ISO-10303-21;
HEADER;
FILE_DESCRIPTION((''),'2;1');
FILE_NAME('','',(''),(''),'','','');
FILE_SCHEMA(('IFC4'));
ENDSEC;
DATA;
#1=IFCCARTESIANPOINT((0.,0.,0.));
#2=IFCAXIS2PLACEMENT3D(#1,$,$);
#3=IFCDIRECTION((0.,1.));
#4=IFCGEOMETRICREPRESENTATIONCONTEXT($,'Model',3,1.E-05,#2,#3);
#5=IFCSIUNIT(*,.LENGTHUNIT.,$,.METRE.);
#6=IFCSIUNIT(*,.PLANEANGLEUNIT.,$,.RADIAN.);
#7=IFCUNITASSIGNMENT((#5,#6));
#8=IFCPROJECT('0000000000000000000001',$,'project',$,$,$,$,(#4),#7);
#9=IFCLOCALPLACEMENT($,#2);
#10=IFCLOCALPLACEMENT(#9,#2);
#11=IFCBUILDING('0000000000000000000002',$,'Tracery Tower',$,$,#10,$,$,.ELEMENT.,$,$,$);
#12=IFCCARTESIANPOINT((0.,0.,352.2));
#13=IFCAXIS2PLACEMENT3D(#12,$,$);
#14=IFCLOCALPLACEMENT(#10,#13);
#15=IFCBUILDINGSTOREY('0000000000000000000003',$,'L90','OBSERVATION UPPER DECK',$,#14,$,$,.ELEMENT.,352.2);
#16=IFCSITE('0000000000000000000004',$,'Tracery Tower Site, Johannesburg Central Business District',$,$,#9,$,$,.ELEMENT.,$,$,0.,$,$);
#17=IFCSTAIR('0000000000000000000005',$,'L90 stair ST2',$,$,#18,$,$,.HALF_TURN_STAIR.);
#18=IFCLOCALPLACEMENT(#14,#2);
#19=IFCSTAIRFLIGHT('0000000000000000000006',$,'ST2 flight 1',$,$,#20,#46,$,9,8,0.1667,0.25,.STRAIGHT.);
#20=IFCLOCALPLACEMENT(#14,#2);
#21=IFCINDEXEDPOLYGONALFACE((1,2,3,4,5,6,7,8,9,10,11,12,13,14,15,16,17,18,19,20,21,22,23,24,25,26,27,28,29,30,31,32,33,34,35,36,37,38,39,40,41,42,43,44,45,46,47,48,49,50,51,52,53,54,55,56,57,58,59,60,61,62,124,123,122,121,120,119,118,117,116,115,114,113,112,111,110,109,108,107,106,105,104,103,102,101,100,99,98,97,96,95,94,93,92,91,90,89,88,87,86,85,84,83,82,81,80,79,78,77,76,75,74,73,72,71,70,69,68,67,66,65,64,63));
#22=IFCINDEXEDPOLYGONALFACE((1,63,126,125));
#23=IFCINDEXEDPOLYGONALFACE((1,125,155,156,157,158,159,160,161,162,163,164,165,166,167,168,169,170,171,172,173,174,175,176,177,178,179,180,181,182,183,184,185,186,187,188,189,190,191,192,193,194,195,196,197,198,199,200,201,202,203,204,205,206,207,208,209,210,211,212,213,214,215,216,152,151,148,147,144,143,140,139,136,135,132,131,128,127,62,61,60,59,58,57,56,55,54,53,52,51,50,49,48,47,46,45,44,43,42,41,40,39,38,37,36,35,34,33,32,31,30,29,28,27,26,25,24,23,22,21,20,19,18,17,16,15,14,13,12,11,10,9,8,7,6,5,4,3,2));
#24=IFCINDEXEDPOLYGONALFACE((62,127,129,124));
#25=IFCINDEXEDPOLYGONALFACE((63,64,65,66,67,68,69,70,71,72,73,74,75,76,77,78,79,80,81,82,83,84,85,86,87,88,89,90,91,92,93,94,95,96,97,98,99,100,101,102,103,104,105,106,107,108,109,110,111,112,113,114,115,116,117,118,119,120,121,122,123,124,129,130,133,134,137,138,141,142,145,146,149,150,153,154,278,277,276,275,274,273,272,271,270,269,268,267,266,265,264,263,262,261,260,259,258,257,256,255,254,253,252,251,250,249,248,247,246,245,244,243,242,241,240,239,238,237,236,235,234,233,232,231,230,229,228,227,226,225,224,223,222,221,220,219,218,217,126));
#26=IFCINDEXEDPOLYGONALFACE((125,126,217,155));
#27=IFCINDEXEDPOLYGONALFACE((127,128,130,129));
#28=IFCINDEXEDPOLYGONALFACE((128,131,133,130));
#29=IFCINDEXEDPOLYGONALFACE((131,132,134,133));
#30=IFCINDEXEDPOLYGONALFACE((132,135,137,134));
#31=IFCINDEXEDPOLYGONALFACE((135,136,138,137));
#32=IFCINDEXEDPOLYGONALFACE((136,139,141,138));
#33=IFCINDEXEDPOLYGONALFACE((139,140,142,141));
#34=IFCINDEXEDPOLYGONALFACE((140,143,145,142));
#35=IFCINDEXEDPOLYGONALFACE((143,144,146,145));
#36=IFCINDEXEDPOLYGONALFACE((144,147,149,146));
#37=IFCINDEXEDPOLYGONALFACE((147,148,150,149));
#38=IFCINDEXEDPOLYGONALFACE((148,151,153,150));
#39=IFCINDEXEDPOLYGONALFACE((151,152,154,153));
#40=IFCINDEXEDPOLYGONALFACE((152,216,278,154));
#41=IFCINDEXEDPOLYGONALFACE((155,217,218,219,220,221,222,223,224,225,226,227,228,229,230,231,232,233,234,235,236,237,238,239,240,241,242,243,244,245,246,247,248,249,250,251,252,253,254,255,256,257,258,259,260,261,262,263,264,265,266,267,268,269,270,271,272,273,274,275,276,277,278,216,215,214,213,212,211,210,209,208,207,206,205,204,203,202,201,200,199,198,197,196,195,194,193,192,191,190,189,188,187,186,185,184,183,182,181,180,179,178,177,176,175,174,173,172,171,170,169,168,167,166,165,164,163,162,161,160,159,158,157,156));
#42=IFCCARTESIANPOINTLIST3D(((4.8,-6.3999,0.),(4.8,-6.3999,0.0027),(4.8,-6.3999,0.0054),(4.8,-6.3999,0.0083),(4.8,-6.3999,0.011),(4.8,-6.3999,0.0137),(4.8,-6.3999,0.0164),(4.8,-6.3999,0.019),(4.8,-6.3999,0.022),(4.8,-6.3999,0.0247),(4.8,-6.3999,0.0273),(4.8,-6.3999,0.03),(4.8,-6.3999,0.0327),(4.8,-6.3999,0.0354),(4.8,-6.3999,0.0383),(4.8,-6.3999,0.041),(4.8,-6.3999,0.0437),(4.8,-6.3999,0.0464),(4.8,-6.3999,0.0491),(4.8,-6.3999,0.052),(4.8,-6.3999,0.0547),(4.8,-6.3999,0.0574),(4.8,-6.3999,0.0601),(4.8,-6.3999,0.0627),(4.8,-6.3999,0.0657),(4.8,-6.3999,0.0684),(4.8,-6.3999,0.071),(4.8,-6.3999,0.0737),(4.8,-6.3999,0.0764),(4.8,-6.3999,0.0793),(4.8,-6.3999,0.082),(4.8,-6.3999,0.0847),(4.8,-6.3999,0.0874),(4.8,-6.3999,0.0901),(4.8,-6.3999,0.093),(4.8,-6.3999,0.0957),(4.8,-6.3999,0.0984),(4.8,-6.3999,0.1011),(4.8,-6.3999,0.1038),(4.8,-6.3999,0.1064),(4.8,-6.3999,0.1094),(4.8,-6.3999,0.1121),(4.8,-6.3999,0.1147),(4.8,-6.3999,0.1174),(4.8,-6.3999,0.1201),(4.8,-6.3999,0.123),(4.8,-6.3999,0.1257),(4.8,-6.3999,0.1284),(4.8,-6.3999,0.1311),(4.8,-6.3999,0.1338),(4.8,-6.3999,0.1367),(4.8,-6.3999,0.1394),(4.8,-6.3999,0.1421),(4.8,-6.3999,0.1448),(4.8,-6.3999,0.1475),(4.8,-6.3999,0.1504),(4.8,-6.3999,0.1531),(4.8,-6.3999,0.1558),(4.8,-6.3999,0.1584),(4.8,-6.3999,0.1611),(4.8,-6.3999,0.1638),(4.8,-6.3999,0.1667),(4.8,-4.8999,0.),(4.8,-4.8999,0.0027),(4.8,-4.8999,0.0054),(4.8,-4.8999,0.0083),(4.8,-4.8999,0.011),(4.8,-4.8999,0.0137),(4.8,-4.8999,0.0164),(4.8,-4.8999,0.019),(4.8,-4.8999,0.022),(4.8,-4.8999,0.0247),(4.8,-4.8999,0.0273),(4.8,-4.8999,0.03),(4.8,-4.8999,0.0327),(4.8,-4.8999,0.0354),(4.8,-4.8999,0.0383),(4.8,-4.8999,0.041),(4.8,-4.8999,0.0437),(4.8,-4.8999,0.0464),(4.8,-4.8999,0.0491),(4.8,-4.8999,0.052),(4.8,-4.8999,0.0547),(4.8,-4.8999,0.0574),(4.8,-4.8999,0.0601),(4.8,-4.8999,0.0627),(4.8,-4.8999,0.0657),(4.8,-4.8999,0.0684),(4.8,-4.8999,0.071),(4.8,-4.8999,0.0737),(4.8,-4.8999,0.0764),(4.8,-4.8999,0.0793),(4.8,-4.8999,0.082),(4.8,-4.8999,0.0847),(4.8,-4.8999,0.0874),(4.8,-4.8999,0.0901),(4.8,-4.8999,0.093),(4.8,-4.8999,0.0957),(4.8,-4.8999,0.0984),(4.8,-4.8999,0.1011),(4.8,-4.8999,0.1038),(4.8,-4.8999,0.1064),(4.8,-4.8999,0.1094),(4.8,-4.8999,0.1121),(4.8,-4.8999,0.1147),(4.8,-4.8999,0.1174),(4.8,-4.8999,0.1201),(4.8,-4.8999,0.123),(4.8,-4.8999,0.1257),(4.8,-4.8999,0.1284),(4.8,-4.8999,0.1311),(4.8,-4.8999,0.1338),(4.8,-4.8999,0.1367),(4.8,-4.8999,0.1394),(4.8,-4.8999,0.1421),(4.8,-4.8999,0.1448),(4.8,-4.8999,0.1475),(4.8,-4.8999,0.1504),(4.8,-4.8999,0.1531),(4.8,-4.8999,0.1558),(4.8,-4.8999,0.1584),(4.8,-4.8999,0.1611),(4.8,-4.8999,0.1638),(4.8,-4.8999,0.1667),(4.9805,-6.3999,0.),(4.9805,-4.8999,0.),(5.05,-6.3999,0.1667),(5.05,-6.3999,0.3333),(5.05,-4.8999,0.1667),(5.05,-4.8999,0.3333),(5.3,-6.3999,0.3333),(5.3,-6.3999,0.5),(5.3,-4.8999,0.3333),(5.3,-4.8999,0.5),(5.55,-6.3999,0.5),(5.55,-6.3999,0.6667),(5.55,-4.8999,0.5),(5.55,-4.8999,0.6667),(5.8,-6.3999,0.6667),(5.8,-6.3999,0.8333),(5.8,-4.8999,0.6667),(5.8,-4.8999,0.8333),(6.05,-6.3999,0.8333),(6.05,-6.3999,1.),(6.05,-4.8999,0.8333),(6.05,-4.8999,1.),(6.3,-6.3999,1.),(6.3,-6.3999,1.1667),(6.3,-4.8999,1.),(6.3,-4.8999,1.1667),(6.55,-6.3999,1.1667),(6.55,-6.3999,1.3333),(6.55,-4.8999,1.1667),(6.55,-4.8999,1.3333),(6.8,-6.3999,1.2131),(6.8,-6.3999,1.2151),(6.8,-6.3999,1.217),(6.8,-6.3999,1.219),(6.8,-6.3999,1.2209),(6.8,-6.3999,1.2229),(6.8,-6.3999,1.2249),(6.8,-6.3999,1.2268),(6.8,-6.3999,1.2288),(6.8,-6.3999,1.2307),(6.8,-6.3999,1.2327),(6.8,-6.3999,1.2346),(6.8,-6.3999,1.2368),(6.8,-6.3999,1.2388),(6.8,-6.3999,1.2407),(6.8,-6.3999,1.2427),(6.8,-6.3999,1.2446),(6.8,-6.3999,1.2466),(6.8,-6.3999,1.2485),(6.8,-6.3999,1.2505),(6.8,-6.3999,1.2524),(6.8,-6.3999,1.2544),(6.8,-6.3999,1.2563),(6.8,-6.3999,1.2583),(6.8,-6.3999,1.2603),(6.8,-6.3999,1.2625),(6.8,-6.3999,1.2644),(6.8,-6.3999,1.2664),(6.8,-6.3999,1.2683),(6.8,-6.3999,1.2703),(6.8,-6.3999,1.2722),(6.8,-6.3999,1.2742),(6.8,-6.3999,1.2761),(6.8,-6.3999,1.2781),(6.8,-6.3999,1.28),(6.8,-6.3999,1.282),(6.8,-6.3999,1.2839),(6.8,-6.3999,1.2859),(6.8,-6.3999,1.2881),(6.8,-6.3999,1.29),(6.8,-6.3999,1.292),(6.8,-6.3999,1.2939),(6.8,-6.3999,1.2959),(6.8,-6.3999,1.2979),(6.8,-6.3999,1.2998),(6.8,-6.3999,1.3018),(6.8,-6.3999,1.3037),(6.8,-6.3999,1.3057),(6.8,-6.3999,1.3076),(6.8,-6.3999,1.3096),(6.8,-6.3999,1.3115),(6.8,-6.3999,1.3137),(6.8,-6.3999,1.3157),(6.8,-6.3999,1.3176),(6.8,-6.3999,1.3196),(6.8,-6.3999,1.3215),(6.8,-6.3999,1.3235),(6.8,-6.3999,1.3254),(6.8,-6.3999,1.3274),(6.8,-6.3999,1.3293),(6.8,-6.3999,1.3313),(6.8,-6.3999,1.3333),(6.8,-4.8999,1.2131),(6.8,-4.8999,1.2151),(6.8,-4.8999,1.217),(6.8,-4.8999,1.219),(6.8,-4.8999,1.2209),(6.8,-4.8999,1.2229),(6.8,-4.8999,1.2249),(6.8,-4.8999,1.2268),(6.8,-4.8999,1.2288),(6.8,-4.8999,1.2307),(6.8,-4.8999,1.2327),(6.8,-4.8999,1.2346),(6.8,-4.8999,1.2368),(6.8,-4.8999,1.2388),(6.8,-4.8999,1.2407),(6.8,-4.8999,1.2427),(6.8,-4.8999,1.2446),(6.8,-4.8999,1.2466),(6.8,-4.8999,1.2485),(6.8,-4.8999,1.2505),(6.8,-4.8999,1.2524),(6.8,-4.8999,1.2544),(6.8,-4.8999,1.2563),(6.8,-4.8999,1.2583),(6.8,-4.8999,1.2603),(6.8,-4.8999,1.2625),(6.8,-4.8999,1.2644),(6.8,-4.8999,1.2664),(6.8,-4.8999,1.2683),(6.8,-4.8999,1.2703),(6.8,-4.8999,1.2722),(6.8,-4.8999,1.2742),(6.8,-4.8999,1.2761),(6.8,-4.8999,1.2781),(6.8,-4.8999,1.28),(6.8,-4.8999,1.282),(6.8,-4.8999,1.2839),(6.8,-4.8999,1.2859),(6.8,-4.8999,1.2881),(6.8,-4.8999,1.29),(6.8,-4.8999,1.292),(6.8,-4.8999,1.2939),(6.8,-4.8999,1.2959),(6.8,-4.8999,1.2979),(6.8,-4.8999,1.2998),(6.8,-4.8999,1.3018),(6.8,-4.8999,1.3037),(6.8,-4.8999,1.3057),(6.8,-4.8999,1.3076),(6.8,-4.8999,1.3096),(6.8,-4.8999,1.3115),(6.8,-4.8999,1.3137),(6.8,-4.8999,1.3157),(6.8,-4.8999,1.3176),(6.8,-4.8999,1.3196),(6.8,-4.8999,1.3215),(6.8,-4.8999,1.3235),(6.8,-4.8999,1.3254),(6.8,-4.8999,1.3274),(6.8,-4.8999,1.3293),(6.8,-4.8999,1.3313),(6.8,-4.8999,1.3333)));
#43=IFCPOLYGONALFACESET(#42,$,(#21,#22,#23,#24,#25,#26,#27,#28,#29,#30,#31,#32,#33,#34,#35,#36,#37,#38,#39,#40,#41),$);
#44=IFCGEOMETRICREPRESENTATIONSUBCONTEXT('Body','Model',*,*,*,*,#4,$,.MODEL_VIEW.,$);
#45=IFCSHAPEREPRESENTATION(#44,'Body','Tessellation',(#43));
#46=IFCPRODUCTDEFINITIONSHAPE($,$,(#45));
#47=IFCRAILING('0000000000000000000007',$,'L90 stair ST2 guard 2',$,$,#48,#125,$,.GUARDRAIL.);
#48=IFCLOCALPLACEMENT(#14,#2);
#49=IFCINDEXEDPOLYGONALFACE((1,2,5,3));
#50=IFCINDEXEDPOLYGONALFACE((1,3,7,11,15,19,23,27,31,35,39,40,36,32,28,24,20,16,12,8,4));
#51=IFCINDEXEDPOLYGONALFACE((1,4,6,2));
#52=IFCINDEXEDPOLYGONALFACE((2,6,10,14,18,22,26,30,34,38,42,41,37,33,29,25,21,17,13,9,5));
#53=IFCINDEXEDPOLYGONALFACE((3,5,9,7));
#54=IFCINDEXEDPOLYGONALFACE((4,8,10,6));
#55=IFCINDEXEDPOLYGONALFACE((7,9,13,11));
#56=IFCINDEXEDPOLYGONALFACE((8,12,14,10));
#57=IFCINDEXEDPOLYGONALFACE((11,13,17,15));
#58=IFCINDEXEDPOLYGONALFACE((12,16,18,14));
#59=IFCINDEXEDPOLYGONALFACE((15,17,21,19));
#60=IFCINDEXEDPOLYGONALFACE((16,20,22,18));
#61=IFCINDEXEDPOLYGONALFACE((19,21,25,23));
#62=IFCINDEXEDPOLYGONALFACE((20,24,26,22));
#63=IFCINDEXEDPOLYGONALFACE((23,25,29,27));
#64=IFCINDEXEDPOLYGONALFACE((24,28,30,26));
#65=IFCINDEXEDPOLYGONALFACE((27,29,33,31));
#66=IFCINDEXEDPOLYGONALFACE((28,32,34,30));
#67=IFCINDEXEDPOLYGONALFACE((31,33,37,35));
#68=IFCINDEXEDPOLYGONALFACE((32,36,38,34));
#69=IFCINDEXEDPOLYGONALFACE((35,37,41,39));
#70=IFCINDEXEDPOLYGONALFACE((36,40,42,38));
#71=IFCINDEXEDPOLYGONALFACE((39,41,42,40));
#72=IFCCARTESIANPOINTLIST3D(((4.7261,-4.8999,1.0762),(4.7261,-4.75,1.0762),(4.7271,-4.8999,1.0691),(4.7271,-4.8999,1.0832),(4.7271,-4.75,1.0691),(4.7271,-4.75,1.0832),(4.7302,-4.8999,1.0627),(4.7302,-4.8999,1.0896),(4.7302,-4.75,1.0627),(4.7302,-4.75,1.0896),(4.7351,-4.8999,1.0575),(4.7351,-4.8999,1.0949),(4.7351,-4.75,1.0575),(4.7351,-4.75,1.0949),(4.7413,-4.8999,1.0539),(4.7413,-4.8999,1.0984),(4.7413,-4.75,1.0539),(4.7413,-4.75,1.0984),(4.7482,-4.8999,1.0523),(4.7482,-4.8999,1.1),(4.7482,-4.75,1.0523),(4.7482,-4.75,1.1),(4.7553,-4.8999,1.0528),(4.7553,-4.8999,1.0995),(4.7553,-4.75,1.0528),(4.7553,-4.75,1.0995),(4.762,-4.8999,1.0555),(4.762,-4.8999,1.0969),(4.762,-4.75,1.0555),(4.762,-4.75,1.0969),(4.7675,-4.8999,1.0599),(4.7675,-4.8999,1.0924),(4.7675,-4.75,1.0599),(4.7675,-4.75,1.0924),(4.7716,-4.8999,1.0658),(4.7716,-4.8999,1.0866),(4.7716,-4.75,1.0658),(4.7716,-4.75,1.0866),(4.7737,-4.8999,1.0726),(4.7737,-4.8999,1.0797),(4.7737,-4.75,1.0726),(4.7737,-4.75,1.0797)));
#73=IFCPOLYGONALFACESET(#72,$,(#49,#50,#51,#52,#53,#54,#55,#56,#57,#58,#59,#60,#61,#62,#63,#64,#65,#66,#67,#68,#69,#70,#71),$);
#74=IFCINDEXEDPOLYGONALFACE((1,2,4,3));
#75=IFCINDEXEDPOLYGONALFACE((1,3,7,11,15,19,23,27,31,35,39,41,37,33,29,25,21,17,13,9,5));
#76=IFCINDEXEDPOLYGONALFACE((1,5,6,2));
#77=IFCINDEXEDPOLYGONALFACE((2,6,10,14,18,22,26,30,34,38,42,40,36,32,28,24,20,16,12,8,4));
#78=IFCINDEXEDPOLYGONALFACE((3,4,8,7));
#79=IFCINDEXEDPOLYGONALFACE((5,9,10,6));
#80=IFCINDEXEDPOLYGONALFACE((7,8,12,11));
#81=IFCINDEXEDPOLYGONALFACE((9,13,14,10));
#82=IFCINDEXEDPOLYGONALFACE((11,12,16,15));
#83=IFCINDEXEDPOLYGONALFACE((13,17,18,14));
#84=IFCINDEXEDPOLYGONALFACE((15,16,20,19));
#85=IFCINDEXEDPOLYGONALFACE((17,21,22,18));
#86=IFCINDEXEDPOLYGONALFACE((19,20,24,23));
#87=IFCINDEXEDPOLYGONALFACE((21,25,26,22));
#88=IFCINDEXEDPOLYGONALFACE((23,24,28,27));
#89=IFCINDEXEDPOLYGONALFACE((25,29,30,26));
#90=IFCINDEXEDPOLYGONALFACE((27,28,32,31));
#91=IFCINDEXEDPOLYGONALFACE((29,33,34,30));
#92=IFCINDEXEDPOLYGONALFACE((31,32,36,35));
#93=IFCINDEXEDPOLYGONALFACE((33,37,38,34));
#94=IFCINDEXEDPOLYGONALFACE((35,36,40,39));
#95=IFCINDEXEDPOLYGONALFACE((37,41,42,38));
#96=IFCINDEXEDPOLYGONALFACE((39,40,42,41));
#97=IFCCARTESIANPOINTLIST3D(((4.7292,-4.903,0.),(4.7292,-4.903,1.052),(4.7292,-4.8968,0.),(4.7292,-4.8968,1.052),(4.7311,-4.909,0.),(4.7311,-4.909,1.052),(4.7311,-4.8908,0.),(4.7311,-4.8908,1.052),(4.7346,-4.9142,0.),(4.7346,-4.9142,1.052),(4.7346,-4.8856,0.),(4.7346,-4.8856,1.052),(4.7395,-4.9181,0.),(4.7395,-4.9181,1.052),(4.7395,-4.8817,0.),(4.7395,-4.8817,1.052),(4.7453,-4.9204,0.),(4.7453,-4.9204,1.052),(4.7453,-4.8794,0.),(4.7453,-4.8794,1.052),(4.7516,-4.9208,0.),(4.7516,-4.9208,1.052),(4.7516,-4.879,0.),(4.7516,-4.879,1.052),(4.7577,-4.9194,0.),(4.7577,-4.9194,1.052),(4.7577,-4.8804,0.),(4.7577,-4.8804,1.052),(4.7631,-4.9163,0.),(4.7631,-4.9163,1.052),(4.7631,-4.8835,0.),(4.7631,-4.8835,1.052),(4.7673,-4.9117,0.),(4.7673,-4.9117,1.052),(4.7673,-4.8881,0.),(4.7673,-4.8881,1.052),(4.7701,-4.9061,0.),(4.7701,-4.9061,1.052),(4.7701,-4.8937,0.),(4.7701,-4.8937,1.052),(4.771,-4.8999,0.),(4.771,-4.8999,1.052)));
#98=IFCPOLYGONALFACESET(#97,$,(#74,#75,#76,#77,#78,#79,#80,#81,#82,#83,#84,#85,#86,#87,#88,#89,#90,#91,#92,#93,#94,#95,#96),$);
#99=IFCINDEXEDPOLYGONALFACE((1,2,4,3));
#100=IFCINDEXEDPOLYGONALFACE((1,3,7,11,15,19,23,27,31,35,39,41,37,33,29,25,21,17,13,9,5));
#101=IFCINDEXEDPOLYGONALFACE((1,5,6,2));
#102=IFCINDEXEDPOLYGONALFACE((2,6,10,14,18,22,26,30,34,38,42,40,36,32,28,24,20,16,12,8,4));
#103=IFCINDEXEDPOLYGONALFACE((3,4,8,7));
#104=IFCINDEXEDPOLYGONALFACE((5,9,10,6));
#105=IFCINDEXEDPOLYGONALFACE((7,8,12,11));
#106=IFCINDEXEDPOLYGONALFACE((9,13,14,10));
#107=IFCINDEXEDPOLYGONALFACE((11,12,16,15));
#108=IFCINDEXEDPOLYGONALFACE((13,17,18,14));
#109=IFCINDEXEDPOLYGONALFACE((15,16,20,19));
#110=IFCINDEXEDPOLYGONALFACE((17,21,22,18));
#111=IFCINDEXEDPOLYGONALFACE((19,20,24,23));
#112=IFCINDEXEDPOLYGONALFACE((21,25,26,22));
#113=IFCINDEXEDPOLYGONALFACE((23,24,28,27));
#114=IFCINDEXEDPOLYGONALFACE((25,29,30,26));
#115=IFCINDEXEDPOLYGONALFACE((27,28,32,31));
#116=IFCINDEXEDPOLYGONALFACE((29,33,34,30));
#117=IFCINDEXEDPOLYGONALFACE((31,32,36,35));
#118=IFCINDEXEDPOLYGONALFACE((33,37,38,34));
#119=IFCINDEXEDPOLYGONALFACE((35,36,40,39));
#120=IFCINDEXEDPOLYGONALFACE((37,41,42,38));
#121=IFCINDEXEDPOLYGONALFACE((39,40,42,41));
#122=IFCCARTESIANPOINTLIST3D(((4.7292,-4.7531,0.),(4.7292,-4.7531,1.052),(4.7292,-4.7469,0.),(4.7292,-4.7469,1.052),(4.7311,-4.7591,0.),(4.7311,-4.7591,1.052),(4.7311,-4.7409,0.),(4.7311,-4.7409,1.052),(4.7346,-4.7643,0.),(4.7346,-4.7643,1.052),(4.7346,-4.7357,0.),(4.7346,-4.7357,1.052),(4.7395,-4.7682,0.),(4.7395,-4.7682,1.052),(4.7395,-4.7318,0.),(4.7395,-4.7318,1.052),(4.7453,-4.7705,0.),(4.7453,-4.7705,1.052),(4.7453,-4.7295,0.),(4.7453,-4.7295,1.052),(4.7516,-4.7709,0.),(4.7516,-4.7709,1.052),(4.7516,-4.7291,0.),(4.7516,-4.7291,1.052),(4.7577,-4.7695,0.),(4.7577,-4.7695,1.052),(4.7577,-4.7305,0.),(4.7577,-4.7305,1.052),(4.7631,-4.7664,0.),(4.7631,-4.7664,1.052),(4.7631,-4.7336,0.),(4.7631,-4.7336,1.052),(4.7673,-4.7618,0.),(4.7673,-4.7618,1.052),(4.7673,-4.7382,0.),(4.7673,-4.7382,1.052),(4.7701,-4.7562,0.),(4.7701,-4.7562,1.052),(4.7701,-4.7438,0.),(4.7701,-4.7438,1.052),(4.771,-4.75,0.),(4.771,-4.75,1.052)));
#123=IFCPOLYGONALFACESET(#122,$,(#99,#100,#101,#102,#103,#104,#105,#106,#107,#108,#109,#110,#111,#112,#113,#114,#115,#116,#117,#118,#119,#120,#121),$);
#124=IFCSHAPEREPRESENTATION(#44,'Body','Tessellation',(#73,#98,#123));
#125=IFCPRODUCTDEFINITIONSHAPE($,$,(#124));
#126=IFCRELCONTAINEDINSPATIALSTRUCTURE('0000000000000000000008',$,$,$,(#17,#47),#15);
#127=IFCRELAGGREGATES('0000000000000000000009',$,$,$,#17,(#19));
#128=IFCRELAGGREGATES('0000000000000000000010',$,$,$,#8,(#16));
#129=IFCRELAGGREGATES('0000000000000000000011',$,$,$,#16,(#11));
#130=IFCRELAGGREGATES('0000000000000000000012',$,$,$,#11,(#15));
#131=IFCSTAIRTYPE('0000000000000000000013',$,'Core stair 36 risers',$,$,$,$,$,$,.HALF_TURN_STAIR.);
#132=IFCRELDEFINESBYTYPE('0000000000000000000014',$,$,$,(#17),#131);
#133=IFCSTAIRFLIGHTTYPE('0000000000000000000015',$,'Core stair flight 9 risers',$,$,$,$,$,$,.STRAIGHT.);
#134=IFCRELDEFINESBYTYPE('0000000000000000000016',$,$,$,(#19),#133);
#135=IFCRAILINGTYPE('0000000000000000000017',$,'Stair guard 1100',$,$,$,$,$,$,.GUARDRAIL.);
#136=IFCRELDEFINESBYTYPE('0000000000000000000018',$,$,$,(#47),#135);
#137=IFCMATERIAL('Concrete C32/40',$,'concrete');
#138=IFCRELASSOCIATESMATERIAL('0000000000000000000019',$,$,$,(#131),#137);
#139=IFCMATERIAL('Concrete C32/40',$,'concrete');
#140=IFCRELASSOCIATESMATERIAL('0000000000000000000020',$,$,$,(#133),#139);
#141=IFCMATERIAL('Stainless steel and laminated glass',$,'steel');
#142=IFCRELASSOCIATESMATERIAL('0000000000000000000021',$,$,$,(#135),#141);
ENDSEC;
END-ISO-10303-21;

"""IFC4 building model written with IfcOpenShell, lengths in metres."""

from ifc_helpers import new_model, si_unit, direction, frame, origin, origin_2d, place, context, subcontext, project, spatial, polyline, circle, outline, extrude, material, type_object, element, aggregate, save


model = new_model("IFC4")

# Units and contexts
model_context = context("Model", 3, precision=1e-05, world=origin(), true_north=direction((0.0, 1.0)))
body_context = subcontext(model_context, "Body", "Model", "MODEL_VIEW")
ifc_project = project(units=[si_unit("LENGTHUNIT", "METRE"), si_unit("PLANEANGLEUNIT", "RADIAN")], contexts=[model_context])

# Site, building, storey
site_placement = place(None, origin())
site = spatial("IfcSite", under=ifc_project, at=site_placement, Name="Tracery Tower Site, Johannesburg Central Business District", CompositionType="ELEMENT", RefElevation=0.0)
building_placement = place(site_placement, origin())
building = spatial("IfcBuilding", under=site, at=building_placement, Name="Tracery Tower", CompositionType="ELEMENT")
storey_placement = place(building_placement, frame((0.0, 0.0, 352.2)))
storey = spatial("IfcBuildingStorey", under=building, at=storey_placement, Name="L90", Description="OBSERVATION UPPER DECK", CompositionType="ELEMENT", Elevation=352.2)

# Stair, stair flight
ifc_material_1 = material(Name="Concrete C32/40", Category="concrete")
stair_type = type_object("IfcStairType", Name="Core stair 36 risers", PredefinedType="HALF_TURN_STAIR", material=ifc_material_1)
stair_placement = place(storey_placement, origin())
stair = element("IfcStair", 1, at=stair_placement, inside=storey, type_object=stair_type, Name="L90 stair ST2", PredefinedType="HALF_TURN_STAIR")
ifc_material_2 = material(Name="Concrete C32/40", Category="concrete")
stair_flight_type = type_object("IfcStairFlightType", Name="Core stair flight 9 risers", PredefinedType="STRAIGHT", material=ifc_material_2)
stair_flight_1_placement = place(storey_placement, frame((4.8, -5.6499, 0.0), z_axis=(0.0, 0.0, 1.0), x_axis=(1.0, 0.0, 0.0)))
stair_flight_1 = element("IfcStairFlight", 2, at=stair_flight_1_placement, type_object=stair_flight_type, Name="ST2 flight 1", NumberOfRisers=9, NumberOfTreads=8, PredefinedType="STRAIGHT", RiserHeight=0.1667, TreadLength=0.25, context=body_context, shape_type="SweptSolid", body=[
    extrude(outline(polyline([(0.0, 0.0), (0.0, 0.0027), (0.0, 0.0054), (0.0, 0.0083), (0.0, 0.011), (0.0, 0.0137), (0.0, 0.0164), (0.0, 0.019), (0.0, 0.022), (0.0, 0.0247), (0.0, 0.0273), (0.0, 0.03), (0.0, 0.0327), (0.0, 0.0354), (0.0, 0.0383), (0.0, 0.041), (0.0, 0.0437), (0.0, 0.0464), (0.0, 0.0491), (0.0, 0.052), (0.0, 0.0547), (0.0, 0.0574), (0.0, 0.0601), (0.0, 0.0627), (0.0, 0.0657), (0.0, 0.0684), (0.0, 0.071), (0.0, 0.0737), (0.0, 0.0764), (0.0, 0.0793), (0.0, 0.082), (0.0, 0.0847), (0.0, 0.0874), (0.0, 0.0901), (0.0, 0.093), (0.0, 0.0957), (0.0, 0.0984), (0.0, 0.1011), (0.0, 0.1038), (0.0, 0.1064), (0.0, 0.1094), (0.0, 0.1121), (0.0, 0.1147), (0.0, 0.1174), (0.0, 0.1201), (0.0, 0.123), (0.0, 0.1257), (0.0, 0.1284), (0.0, 0.1311), (0.0, 0.1338), (0.0, 0.1367), (0.0, 0.1394), (0.0, 0.1421), (0.0, 0.1448), (0.0, 0.1475), (0.0, 0.1504), (0.0, 0.1531), (0.0, 0.1558), (0.0, 0.1584), (0.0, 0.1611), (0.0, 0.1638), (0.0, 0.1667), (0.25, 0.1667), (0.25, 0.3333), (0.5, 0.3333), (0.5, 0.5), (0.75, 0.5), (0.75, 0.6667), (1.0, 0.6667), (1.0, 0.8333), (1.25, 0.8333), (1.25, 1.0), (1.5, 1.0), (1.5, 1.1667), (1.75, 1.1667), (1.75, 1.3333), (2.0, 1.3333), (2.0, 1.3313), (2.0, 1.3293), (2.0, 1.3274), (2.0, 1.3254), (2.0, 1.3235), (2.0, 1.3215), (2.0, 1.3196), (2.0, 1.3176), (2.0, 1.3157), (2.0, 1.3137), (2.0, 1.3115), (2.0, 1.3096), (2.0, 1.3076), (2.0, 1.3057), (2.0, 1.3037), (2.0, 1.3018), (2.0, 1.2998), (2.0, 1.2979), (2.0, 1.2959), (2.0, 1.2939), (2.0, 1.292), (2.0, 1.29), (2.0, 1.2881), (2.0, 1.2859), (2.0, 1.2839), (2.0, 1.282), (2.0, 1.28), (2.0, 1.2781), (2.0, 1.2761), (2.0, 1.2742), (2.0, 1.2722), (2.0, 1.2703), (2.0, 1.2683), (2.0, 1.2664), (2.0, 1.2644), (2.0, 1.2625), (2.0, 1.2603), (2.0, 1.2583), (2.0, 1.2563), (2.0, 1.2544), (2.0, 1.2524), (2.0, 1.2505), (2.0, 1.2485), (2.0, 1.2466), (2.0, 1.2446), (2.0, 1.2427), (2.0, 1.2407), (2.0, 1.2388), (2.0, 1.2368), (2.0, 1.2346), (2.0, 1.2327), (2.0, 1.2307), (2.0, 1.2288), (2.0, 1.2268), (2.0, 1.2249), (2.0, 1.2229), (2.0, 1.2209), (2.0, 1.219), (2.0, 1.217), (2.0, 1.2151), (2.0, 1.2131), (0.1804, 0.0), (0.0, 0.0)])), frame((0.0, 0.75, 0.0), z_axis=(0.0, -1.0, 0.0), x_axis=(1.0, 0.0, 0.0)), (0.0, 0.0, 1.0), 1.5),
])
aggregate(stair, [stair_flight_1])

# Railing
ifc_material_3 = material(Name="Stainless steel and laminated glass", Category="steel")
railing_type_1 = type_object("IfcRailingType", Name="Stair guard 1100", PredefinedType="GUARDRAIL", material=ifc_material_3)
railing_1_placement = place(storey_placement, frame((4.75, -4.8999, 0.0)))
element("IfcRailing", 3, at=railing_1_placement, inside=storey, type_object=railing_type_1, Name="L90 stair ST2 guard 2", PredefinedType="GUARDRAIL", context=body_context, shape_type="SweptSolid", body=[
    extrude(circle(Radius=0.0239, at=origin_2d()), frame((0.0, 0.0, 1.0762), z_axis=(0.0, 1.0, 0.0), x_axis=(-1.0, 0.0, 0.0)), (0.0, 0.0, 1.0), 0.1499),
    extrude(circle(Radius=0.021, at=origin_2d()), origin(), (0.0, 0.0, 1.0), 1.052),
    extrude(circle(Radius=0.021, at=origin_2d()), frame((0.0, 0.1499, 0.0)), (0.0, 0.0, 1.0), 1.052),
])

save(model, "model.ifc")
